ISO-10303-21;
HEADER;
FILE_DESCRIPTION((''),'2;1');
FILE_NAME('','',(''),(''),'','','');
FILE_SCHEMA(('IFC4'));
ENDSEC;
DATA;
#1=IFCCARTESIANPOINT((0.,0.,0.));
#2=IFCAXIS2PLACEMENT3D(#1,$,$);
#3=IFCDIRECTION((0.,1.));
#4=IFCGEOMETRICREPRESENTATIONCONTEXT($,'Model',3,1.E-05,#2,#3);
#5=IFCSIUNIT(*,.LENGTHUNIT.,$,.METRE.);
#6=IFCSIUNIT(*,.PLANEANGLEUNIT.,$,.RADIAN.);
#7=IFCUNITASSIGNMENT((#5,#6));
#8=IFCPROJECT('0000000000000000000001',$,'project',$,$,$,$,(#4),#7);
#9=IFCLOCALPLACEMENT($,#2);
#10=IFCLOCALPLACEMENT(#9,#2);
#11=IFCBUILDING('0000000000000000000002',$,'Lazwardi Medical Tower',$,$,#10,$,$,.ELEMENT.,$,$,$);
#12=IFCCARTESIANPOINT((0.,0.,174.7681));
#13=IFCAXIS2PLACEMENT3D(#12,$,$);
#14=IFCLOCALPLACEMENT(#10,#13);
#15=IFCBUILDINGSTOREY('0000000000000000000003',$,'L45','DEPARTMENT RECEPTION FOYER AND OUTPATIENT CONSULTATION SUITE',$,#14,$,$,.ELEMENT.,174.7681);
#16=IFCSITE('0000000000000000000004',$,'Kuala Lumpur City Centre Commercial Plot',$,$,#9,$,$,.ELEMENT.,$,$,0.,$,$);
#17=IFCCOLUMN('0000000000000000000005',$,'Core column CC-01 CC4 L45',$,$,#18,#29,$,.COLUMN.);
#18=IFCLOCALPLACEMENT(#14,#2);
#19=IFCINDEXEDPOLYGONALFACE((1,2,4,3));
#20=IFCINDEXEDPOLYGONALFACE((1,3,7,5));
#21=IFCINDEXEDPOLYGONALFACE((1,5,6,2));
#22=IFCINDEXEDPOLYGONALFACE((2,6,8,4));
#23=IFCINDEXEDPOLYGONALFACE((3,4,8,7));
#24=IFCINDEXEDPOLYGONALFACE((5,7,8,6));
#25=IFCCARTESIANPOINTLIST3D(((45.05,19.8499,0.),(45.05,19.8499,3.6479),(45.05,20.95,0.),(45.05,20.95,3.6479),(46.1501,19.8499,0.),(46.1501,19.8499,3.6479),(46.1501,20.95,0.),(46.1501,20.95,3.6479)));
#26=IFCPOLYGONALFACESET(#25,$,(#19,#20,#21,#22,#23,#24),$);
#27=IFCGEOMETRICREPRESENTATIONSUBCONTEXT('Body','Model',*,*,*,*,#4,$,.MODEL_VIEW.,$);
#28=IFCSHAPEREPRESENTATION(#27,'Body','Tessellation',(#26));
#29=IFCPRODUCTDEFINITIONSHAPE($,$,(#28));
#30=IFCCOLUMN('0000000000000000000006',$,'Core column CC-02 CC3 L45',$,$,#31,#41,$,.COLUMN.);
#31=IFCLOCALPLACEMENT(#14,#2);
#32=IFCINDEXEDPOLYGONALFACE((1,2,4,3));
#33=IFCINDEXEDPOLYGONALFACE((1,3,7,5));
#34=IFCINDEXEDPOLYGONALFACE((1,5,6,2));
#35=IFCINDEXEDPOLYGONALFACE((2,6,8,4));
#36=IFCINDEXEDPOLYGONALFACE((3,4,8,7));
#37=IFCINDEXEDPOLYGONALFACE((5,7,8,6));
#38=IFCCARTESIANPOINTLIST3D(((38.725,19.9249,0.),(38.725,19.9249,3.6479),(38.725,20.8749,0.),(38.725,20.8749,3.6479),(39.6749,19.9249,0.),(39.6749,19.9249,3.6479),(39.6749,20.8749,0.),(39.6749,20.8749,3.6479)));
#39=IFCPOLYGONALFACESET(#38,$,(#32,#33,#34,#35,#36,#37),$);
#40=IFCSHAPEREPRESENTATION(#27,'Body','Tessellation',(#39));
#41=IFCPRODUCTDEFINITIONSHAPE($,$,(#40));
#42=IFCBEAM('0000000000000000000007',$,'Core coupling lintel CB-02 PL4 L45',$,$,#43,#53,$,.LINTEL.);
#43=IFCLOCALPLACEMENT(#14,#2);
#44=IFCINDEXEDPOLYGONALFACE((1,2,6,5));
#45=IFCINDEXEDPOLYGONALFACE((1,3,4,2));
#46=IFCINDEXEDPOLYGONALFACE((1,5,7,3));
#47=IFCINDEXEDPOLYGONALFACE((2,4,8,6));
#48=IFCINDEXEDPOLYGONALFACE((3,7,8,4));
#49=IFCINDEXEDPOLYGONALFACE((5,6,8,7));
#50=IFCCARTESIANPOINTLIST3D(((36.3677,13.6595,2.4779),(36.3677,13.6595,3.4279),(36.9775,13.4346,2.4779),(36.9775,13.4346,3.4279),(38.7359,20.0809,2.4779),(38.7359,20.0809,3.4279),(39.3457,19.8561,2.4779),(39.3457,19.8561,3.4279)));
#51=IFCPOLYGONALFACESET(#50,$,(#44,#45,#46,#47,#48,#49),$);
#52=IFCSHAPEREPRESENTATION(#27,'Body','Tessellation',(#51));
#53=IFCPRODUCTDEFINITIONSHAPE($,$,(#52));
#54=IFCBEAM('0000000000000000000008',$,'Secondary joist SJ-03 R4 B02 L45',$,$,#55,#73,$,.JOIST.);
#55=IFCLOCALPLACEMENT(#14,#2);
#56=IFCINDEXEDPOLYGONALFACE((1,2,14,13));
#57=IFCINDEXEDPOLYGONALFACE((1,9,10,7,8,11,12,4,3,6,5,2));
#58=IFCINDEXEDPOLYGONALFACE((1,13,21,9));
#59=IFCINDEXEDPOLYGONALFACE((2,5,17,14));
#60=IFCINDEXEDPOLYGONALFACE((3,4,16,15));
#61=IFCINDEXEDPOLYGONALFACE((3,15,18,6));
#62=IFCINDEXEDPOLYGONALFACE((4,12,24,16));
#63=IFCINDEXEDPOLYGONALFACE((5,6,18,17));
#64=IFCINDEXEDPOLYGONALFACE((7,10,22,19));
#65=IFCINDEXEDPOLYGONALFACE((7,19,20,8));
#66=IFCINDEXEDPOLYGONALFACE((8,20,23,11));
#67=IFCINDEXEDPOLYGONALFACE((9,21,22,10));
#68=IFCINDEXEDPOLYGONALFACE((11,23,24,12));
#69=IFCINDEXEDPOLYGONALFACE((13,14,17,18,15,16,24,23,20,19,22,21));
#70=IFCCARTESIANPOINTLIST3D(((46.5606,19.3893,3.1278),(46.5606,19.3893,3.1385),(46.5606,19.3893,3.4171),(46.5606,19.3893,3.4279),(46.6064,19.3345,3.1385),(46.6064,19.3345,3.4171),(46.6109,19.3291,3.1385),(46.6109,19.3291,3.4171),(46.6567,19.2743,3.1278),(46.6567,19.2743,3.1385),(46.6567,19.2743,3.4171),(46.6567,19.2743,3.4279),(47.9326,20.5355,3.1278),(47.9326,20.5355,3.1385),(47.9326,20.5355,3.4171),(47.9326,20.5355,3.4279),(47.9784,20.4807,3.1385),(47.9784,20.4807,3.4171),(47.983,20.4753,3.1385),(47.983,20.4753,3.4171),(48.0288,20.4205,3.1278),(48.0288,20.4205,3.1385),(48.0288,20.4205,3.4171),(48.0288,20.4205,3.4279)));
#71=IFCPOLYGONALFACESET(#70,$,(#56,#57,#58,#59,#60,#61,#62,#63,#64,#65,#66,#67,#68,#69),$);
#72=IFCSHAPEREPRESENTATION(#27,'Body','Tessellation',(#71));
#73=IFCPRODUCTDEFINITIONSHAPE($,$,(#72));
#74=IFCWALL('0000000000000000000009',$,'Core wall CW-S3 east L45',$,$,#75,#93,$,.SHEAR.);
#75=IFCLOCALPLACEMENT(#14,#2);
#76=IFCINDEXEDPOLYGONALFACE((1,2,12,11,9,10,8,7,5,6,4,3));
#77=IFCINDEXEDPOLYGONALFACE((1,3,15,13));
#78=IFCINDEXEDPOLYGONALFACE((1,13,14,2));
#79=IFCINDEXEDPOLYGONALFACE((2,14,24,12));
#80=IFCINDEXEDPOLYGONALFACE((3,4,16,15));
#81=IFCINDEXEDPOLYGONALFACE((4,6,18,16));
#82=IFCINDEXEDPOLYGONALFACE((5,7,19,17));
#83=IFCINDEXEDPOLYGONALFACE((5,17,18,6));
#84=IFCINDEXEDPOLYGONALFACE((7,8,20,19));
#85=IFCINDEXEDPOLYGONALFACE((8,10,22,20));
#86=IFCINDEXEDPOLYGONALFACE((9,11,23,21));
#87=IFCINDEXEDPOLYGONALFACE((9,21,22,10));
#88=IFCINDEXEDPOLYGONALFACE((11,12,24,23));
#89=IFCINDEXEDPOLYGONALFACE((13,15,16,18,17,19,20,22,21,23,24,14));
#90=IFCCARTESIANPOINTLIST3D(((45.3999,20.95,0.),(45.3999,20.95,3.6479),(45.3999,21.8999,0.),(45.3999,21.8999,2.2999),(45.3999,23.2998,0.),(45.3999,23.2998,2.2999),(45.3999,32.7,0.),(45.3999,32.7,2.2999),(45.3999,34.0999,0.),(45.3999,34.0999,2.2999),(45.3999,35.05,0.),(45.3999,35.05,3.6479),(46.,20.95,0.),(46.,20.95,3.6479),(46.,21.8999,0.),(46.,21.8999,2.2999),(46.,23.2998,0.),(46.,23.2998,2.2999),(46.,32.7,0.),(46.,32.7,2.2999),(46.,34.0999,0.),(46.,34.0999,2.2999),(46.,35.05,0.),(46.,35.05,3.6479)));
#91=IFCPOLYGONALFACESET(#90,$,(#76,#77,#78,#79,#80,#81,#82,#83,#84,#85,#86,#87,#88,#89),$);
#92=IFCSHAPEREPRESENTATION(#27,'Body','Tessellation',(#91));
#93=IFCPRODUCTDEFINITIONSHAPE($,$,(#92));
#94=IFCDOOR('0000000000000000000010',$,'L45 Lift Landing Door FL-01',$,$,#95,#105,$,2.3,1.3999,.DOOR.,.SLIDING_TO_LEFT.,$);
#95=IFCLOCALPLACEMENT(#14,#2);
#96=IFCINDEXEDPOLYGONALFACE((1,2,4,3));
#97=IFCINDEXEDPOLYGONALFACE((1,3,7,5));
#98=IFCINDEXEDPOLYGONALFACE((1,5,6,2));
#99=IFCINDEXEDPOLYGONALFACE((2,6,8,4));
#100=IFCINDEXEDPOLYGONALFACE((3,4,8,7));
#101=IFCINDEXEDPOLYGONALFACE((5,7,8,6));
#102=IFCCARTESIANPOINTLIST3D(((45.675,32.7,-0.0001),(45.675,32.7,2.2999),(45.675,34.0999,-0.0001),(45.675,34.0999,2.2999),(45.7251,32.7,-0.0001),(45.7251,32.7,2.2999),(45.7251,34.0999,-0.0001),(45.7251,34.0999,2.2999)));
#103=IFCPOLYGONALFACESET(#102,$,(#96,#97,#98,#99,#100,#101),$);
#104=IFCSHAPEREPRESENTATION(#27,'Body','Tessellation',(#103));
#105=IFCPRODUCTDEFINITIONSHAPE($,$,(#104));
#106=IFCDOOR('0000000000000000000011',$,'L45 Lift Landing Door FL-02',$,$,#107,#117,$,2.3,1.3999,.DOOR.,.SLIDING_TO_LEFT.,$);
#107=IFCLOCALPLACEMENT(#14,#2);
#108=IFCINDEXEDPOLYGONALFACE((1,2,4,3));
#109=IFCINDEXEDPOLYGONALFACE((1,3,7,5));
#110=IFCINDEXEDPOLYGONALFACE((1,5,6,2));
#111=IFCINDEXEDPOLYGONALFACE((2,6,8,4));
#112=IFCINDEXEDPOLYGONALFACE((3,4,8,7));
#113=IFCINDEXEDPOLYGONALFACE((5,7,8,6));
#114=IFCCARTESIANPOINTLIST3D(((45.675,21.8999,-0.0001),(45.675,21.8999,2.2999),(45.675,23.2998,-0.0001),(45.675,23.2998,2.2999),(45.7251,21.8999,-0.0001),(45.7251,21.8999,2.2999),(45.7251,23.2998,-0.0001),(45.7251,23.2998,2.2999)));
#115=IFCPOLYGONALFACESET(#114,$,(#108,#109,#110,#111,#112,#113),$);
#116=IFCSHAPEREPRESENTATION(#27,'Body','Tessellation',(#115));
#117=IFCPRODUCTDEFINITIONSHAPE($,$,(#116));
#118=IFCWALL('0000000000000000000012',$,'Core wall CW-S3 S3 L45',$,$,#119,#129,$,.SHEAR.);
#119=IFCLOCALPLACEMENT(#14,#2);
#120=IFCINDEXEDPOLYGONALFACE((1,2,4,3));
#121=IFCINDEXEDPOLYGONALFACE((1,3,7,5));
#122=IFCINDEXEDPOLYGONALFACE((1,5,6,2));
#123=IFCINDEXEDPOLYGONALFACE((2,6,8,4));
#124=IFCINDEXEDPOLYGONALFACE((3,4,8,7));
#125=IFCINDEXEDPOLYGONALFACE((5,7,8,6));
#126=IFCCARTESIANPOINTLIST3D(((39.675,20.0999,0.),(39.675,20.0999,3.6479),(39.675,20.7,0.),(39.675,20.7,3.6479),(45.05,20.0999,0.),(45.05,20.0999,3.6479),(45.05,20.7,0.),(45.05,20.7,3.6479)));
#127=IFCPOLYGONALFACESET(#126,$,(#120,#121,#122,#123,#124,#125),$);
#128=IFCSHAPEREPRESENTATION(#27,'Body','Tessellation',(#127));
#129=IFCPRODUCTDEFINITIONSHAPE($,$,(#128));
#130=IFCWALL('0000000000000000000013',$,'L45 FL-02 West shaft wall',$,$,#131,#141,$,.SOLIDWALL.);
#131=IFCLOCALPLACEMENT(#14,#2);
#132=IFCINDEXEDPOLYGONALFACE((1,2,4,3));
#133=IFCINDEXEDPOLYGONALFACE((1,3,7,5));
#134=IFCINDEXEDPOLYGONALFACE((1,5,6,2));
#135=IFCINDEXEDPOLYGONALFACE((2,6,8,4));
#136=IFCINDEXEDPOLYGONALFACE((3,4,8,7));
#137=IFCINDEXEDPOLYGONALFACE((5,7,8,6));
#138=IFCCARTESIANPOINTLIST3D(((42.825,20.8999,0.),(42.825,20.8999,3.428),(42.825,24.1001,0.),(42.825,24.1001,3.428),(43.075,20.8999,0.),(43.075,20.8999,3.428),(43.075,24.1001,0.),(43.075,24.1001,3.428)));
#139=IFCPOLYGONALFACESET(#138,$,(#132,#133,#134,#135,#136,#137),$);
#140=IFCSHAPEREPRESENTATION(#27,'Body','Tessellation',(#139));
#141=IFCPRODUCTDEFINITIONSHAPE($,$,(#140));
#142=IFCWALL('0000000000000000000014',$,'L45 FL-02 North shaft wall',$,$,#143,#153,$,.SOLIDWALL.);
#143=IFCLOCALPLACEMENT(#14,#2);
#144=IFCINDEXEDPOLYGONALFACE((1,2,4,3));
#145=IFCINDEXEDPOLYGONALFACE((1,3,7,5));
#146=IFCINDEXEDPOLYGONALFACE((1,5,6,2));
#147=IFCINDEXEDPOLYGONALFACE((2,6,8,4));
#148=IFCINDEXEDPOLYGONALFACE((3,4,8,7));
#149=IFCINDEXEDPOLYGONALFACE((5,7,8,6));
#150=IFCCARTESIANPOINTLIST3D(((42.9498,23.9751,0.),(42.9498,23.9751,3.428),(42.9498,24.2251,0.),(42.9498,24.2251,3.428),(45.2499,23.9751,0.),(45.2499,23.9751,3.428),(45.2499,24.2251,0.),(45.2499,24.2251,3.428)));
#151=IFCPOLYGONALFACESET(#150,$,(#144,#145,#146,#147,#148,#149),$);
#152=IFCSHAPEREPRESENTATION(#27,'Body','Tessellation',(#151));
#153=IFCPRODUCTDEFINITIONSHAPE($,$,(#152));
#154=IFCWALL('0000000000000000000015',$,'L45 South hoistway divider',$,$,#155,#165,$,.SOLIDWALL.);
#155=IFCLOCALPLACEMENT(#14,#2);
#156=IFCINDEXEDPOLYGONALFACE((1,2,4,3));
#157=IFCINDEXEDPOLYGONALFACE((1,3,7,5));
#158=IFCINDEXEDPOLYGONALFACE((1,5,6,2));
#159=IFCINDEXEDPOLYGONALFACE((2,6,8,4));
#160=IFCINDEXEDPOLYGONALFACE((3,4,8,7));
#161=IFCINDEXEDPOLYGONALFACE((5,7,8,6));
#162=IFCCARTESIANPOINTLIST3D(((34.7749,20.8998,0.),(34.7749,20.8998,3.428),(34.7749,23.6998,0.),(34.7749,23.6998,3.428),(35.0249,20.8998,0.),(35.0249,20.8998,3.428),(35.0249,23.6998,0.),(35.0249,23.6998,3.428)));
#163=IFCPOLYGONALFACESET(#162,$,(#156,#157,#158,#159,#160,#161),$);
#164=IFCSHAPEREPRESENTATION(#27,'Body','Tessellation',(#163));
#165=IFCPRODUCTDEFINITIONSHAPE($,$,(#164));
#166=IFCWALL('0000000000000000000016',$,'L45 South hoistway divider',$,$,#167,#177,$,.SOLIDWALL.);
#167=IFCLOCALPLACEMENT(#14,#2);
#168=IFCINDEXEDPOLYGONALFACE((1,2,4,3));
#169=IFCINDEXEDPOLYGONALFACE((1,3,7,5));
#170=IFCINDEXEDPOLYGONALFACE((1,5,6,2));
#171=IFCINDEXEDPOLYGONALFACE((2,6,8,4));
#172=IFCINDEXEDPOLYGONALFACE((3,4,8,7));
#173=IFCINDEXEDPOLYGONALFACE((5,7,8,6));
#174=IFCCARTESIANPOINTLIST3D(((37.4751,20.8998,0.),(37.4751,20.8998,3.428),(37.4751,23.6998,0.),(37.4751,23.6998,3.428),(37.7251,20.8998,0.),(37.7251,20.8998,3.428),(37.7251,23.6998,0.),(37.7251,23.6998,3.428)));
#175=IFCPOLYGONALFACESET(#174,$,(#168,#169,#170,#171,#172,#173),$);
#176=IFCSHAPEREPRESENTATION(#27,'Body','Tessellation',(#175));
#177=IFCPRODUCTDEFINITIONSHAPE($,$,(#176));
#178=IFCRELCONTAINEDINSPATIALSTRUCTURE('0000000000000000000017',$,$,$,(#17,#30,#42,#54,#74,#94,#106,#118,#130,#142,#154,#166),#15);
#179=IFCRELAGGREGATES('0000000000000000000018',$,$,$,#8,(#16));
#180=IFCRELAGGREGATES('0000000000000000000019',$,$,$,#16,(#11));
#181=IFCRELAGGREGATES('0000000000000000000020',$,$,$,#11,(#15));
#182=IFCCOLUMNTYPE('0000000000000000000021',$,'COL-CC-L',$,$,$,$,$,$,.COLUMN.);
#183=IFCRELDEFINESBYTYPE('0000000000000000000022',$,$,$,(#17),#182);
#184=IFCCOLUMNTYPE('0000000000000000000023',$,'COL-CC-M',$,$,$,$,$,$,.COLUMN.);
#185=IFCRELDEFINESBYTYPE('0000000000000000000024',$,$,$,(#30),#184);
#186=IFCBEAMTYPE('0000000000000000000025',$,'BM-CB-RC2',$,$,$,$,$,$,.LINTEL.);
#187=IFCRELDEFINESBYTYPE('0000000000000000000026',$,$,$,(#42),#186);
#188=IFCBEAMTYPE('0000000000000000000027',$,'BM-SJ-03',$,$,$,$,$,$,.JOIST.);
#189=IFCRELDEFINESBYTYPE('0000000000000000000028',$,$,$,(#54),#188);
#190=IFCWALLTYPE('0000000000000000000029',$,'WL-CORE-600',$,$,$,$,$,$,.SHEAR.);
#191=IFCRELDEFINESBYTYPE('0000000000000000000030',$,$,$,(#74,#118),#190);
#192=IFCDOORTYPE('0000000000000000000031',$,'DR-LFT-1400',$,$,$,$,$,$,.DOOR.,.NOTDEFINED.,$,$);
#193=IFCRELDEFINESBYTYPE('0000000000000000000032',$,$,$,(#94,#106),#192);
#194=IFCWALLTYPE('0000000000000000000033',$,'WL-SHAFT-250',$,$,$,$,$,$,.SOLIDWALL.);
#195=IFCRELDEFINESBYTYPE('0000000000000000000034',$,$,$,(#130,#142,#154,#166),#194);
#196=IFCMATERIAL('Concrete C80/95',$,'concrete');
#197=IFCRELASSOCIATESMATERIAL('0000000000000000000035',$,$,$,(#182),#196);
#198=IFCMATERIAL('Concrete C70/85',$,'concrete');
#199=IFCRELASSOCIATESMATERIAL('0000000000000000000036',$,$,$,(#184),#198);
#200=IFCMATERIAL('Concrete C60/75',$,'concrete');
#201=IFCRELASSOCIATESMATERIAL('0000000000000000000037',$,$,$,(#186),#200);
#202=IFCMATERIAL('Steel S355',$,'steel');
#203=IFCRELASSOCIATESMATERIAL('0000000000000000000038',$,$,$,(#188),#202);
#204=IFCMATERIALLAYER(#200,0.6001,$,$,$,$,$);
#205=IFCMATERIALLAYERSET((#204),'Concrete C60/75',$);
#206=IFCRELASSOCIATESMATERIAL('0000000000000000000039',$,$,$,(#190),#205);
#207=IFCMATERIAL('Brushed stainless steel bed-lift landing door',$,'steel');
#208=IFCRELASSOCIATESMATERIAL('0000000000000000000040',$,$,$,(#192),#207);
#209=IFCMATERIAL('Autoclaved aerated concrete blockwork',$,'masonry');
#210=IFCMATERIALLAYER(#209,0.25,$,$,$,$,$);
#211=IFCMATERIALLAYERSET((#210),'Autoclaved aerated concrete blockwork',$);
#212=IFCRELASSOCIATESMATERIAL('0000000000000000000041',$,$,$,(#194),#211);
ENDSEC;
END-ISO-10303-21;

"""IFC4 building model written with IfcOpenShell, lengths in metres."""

from ifc_helpers import new_model, si_unit, direction, frame, frame_2d, origin, origin_2d, place, context, subcontext, project, spatial, rectangle, i_section, extrude, material, layer, layer_set, material_profile, profile_set, type_object, element, fill, save


model = new_model("IFC4")

# Units and contexts
model_context = context("Model", 3, precision=1e-05, world=origin(), true_north=direction((0.0, 1.0)))
body_context = subcontext(model_context, "Body", "Model", "MODEL_VIEW")
ifc_project = project(units=[si_unit("LENGTHUNIT", "METRE"), si_unit("PLANEANGLEUNIT", "RADIAN")], contexts=[model_context])

# Site, building, storey
site_placement = place(None, origin())
site = spatial("IfcSite", under=ifc_project, at=site_placement, Name="Kuala Lumpur City Centre Commercial Plot", CompositionType="ELEMENT", RefElevation=0.0)
building_placement = place(site_placement, origin())
building = spatial("IfcBuilding", under=site, at=building_placement, Name="Lazwardi Medical Tower", CompositionType="ELEMENT")
storey_placement = place(building_placement, frame((0.0, 0.0, 174.7681)))
storey = spatial("IfcBuildingStorey", under=building, at=storey_placement, Name="L45", Description="DEPARTMENT RECEPTION FOYER AND OUTPATIENT CONSULTATION SUITE", CompositionType="ELEMENT", Elevation=174.7681)

# Columns
ifc_material_1 = material(Name="Concrete C80/95", Category="concrete")
ifc_material_profile_1 = material_profile(ifc_material_1, rectangle(XDim=1.1001, YDim=1.1001, at=origin_2d()), Name="RC 1100x1100")
ifc_profile_set_1 = profile_set([ifc_material_profile_1], Name="Concrete C80/95")
column_type_1 = type_object("IfcColumnType", Name="COL-CC-L", PredefinedType="COLUMN", material=ifc_profile_set_1)
column_1_placement = place(storey_placement, frame((45.6001, 20.3999, 0.0), z_axis=(0.0, 0.0, 1.0), x_axis=(1.0, 0.0, 0.0)))
element("IfcColumn", 1, at=column_1_placement, inside=storey, type_object=column_type_1, Name="Core column CC-01 CC4 L45", PredefinedType="COLUMN", context=body_context, shape_type="SweptSolid", body=[
    extrude(rectangle(XDim=1.1001, YDim=1.1001, at=origin_2d()), origin(), (0.0, 0.0, 1.0), 3.6479),
])
ifc_material_2 = material(Name="Concrete C70/85", Category="concrete")
ifc_material_profile_2 = material_profile(ifc_material_2, rectangle(XDim=0.95, YDim=0.95, at=origin_2d()), Name="RC 950x950")
ifc_profile_set_2 = profile_set([ifc_material_profile_2], Name="Concrete C70/85")
column_type_2 = type_object("IfcColumnType", Name="COL-CC-M", PredefinedType="COLUMN", material=ifc_profile_set_2)
column_2_placement = place(storey_placement, frame((39.2, 20.3999, 0.0), z_axis=(0.0, 0.0, 1.0), x_axis=(1.0, 0.0, 0.0)))
element("IfcColumn", 2, at=column_2_placement, inside=storey, type_object=column_type_2, Name="Core column CC-02 CC3 L45", PredefinedType="COLUMN", context=body_context, shape_type="SweptSolid", body=[
    extrude(rectangle(XDim=0.95, YDim=0.95, at=origin_2d()), origin(), (0.0, 0.0, 1.0), 3.6479),
])

# Beams
ifc_material_3 = material(Name="Concrete C60/75", Category="concrete")
ifc_material_profile_3 = material_profile(ifc_material_3, rectangle(XDim=0.6499, YDim=0.95, at=origin_2d()), Name="RC 650x950")
ifc_profile_set_3 = profile_set([ifc_material_profile_3], Name="Concrete C60/75")
beam_type_1 = type_object("IfcBeamType", Name="BM-CB-RC2", PredefinedType="LINTEL", material=ifc_profile_set_3)
beam_1_placement = place(storey_placement, frame((39.0408, 19.9685, 2.9529), z_axis=(-0.346013, -0.93823, 0.0), x_axis=(0.93823, -0.346013, 0.0)))
element("IfcBeam", 3, at=beam_1_placement, inside=storey, type_object=beam_type_1, Name="Core coupling lintel CB-02 PL4 L45", PredefinedType="LINTEL", context=body_context, shape_type="SweptSolid", body=[
    extrude(rectangle(XDim=0.6499, YDim=0.95, at=origin_2d()), origin(), (0.0, 0.0, 1.0), 6.8442),
])
ifc_material_4 = material(Name="Steel S355", Category="steel")
ifc_material_profile_4 = material_profile(ifc_material_4, i_section(OverallWidth=0.1499, OverallDepth=0.3, WebThickness=0.0071, FlangeThickness=0.0107, at=origin_2d()), Name="IPE 300")
ifc_profile_set_4 = profile_set([ifc_material_profile_4], Name="Steel S355")
beam_type_2 = type_object("IfcBeamType", Name="BM-SJ-03", PredefinedType="JOIST", material=ifc_profile_set_4)
beam_2_placement = place(storey_placement, frame((46.6086, 19.3318, 3.2778), z_axis=(0.767437, 0.641124, 0.0), x_axis=(-0.641124, 0.767437, 0.0)))
element("IfcBeam", 4, at=beam_2_placement, inside=storey, type_object=beam_type_2, Name="Secondary joist SJ-03 R4 B02 L45", PredefinedType="JOIST", context=body_context, shape_type="SweptSolid", body=[
    extrude(i_section(OverallWidth=0.1499, OverallDepth=0.3, WebThickness=0.0071, FlangeThickness=0.0107, at=origin_2d()), origin(), (0.0, 0.0, 1.0), 1.7878),
])

# Wall, openings, doors
ifc_layer_1 = layer(ifc_material_3, 0.6001)
ifc_layer_set_1 = layer_set([ifc_layer_1], Name="Concrete C60/75")
wall_type_1 = type_object("IfcWallType", Name="WL-CORE-600", PredefinedType="SHEAR", material=ifc_layer_set_1)
wall_1_placement = place(storey_placement, frame((45.7, 20.95, 0.0), z_axis=(0.0, 0.0, 1.0), x_axis=(0.0, 1.0, 0.0)))
wall_1 = element("IfcWall", 5, at=wall_1_placement, inside=storey, type_object=wall_type_1, Name="Core wall CW-S3 east L45", PredefinedType="SHEAR", context=body_context, shape_type="SweptSolid", body=[
    extrude(rectangle(XDim=14.1001, YDim=0.6001, at=frame_2d((7.05, 0.0))), origin(), (0.0, 0.0, 1.0), 3.6479),
])
opening_1_placement = place(wall_1_placement, frame((11.75, 0.0, 0.0)))
opening_1 = element("IfcOpeningElement", 6, at=opening_1_placement, cuts=wall_1, PredefinedType="OPENING", context=body_context, shape_type="SweptSolid", body=[
    extrude(rectangle(XDim=1.3999, YDim=2.3, at=frame_2d((0.7, 1.1499))), frame((0.0, 0.3101, 0.0), z_axis=(0.0, -1.0, 0.0), x_axis=(1.0, 0.0, 0.0)), (0.0, 0.0, 1.0), 0.6201),
])
opening_2_placement = place(wall_1_placement, frame((0.95, 0.0, 0.0)))
opening_2 = element("IfcOpeningElement", 7, at=opening_2_placement, cuts=wall_1, PredefinedType="OPENING", context=body_context, shape_type="SweptSolid", body=[
    extrude(rectangle(XDim=1.3999, YDim=2.3, at=frame_2d((0.7, 1.1499))), frame((0.0, 0.3101, 0.0), z_axis=(0.0, -1.0, 0.0), x_axis=(1.0, 0.0, 0.0)), (0.0, 0.0, 1.0), 0.6201),
])
ifc_material_5 = material(Name="Brushed stainless steel bed-lift landing door", Category="steel")
door_type_1 = type_object("IfcDoorType", Name="DR-LFT-1400", OperationType="NOTDEFINED", PredefinedType="DOOR", material=ifc_material_5)
door_1_placement = place(opening_1_placement, origin())
door_1 = element("IfcDoor", 8, at=door_1_placement, inside=storey, type_object=door_type_1, Name="L45 Lift Landing Door FL-01", OperationType="SLIDING_TO_LEFT", OverallHeight=2.3, OverallWidth=1.3999, PredefinedType="DOOR", context=body_context, shape_type="SweptSolid", body=[
    extrude(rectangle(XDim=1.3999, YDim=2.3, at=frame_2d((0.7, 1.1499))), frame((0.0, 0.0249, 0.0), z_axis=(0.0, -1.0, 0.0), x_axis=(1.0, 0.0, 0.0)), (0.0, 0.0, 1.0), 0.05),
])
fill(opening_1, door_1)
door_2_placement = place(opening_2_placement, origin())
door_2 = element("IfcDoor", 9, at=door_2_placement, inside=storey, type_object=door_type_1, Name="L45 Lift Landing Door FL-02", OperationType="SLIDING_TO_LEFT", OverallHeight=2.3, OverallWidth=1.3999, PredefinedType="DOOR", context=body_context, shape_type="SweptSolid", body=[
    extrude(rectangle(XDim=1.3999, YDim=2.3, at=frame_2d((0.7, 1.1499))), frame((0.0, 0.0249, 0.0), z_axis=(0.0, -1.0, 0.0), x_axis=(1.0, 0.0, 0.0)), (0.0, 0.0, 1.0), 0.05),
])
fill(opening_2, door_2)

# Walls
wall_2_placement = place(storey_placement, frame((39.675, 20.3999, 0.0), z_axis=(0.0, 0.0, 1.0), x_axis=(1.0, 0.0, 0.0)))
element("IfcWall", 10, at=wall_2_placement, inside=storey, type_object=wall_type_1, Name="Core wall CW-S3 S3 L45", PredefinedType="SHEAR", context=body_context, shape_type="SweptSolid", body=[
    extrude(rectangle(XDim=5.375, YDim=0.6001, at=frame_2d((2.6875, 0.0))), origin(), (0.0, 0.0, 1.0), 3.6479),
])
ifc_material_6 = material(Name="Autoclaved aerated concrete blockwork", Category="masonry")
ifc_layer_2 = layer(ifc_material_6, 0.25)
ifc_layer_set_2 = layer_set([ifc_layer_2], Name="Autoclaved aerated concrete blockwork")
wall_type_2 = type_object("IfcWallType", Name="WL-SHAFT-250", PredefinedType="SOLIDWALL", material=ifc_layer_set_2)
wall_3_placement = place(storey_placement, frame((42.95, 20.8999, 0.0), z_axis=(0.0, 0.0, 1.0), x_axis=(0.0, 1.0, 0.0)))
element("IfcWall", 11, at=wall_3_placement, inside=storey, type_object=wall_type_2, Name="L45 FL-02 West shaft wall", PredefinedType="SOLIDWALL", context=body_context, shape_type="SweptSolid", body=[
    extrude(rectangle(XDim=3.2002, YDim=0.25, at=frame_2d((1.6001, 0.0))), origin(), (0.0, 0.0, 1.0), 3.428),
])
wall_4_placement = place(storey_placement, frame((42.95, 24.1001, 0.0), z_axis=(0.0, 0.0, 1.0), x_axis=(1.0, 0.0, 0.0)))
element("IfcWall", 12, at=wall_4_placement, inside=storey, type_object=wall_type_2, Name="L45 FL-02 North shaft wall", PredefinedType="SOLIDWALL", context=body_context, shape_type="SweptSolid", body=[
    extrude(rectangle(XDim=2.3, YDim=0.25, at=frame_2d((1.1499, 0.0))), origin(), (0.0, 0.0, 1.0), 3.428),
])
for number, where, z_axis, x_axis, name in (
    (13, (34.8999, 20.8999, 0.0), (0.0, 0.0, 1.0), (0.0, 1.0, 0.0), "L45 South hoistway divider"),
    (14, (37.6001, 20.8999, 0.0), (0.0, 0.0, 1.0), (0.0, 1.0, 0.0), "L45 South hoistway divider"),
):
    element("IfcWall", number, at=place(storey_placement, frame(where, z_axis=z_axis, x_axis=x_axis)), inside=storey, type_object=wall_type_2, Name=name, PredefinedType="SOLIDWALL", context=body_context, shape_type="SweptSolid", body=[
        extrude(rectangle(XDim=2.8, YDim=0.25, at=frame_2d((1.3999, 0.0))), origin(), (0.0, 0.0, 1.0), 3.428),
    ])

save(model, "model.ifc")
